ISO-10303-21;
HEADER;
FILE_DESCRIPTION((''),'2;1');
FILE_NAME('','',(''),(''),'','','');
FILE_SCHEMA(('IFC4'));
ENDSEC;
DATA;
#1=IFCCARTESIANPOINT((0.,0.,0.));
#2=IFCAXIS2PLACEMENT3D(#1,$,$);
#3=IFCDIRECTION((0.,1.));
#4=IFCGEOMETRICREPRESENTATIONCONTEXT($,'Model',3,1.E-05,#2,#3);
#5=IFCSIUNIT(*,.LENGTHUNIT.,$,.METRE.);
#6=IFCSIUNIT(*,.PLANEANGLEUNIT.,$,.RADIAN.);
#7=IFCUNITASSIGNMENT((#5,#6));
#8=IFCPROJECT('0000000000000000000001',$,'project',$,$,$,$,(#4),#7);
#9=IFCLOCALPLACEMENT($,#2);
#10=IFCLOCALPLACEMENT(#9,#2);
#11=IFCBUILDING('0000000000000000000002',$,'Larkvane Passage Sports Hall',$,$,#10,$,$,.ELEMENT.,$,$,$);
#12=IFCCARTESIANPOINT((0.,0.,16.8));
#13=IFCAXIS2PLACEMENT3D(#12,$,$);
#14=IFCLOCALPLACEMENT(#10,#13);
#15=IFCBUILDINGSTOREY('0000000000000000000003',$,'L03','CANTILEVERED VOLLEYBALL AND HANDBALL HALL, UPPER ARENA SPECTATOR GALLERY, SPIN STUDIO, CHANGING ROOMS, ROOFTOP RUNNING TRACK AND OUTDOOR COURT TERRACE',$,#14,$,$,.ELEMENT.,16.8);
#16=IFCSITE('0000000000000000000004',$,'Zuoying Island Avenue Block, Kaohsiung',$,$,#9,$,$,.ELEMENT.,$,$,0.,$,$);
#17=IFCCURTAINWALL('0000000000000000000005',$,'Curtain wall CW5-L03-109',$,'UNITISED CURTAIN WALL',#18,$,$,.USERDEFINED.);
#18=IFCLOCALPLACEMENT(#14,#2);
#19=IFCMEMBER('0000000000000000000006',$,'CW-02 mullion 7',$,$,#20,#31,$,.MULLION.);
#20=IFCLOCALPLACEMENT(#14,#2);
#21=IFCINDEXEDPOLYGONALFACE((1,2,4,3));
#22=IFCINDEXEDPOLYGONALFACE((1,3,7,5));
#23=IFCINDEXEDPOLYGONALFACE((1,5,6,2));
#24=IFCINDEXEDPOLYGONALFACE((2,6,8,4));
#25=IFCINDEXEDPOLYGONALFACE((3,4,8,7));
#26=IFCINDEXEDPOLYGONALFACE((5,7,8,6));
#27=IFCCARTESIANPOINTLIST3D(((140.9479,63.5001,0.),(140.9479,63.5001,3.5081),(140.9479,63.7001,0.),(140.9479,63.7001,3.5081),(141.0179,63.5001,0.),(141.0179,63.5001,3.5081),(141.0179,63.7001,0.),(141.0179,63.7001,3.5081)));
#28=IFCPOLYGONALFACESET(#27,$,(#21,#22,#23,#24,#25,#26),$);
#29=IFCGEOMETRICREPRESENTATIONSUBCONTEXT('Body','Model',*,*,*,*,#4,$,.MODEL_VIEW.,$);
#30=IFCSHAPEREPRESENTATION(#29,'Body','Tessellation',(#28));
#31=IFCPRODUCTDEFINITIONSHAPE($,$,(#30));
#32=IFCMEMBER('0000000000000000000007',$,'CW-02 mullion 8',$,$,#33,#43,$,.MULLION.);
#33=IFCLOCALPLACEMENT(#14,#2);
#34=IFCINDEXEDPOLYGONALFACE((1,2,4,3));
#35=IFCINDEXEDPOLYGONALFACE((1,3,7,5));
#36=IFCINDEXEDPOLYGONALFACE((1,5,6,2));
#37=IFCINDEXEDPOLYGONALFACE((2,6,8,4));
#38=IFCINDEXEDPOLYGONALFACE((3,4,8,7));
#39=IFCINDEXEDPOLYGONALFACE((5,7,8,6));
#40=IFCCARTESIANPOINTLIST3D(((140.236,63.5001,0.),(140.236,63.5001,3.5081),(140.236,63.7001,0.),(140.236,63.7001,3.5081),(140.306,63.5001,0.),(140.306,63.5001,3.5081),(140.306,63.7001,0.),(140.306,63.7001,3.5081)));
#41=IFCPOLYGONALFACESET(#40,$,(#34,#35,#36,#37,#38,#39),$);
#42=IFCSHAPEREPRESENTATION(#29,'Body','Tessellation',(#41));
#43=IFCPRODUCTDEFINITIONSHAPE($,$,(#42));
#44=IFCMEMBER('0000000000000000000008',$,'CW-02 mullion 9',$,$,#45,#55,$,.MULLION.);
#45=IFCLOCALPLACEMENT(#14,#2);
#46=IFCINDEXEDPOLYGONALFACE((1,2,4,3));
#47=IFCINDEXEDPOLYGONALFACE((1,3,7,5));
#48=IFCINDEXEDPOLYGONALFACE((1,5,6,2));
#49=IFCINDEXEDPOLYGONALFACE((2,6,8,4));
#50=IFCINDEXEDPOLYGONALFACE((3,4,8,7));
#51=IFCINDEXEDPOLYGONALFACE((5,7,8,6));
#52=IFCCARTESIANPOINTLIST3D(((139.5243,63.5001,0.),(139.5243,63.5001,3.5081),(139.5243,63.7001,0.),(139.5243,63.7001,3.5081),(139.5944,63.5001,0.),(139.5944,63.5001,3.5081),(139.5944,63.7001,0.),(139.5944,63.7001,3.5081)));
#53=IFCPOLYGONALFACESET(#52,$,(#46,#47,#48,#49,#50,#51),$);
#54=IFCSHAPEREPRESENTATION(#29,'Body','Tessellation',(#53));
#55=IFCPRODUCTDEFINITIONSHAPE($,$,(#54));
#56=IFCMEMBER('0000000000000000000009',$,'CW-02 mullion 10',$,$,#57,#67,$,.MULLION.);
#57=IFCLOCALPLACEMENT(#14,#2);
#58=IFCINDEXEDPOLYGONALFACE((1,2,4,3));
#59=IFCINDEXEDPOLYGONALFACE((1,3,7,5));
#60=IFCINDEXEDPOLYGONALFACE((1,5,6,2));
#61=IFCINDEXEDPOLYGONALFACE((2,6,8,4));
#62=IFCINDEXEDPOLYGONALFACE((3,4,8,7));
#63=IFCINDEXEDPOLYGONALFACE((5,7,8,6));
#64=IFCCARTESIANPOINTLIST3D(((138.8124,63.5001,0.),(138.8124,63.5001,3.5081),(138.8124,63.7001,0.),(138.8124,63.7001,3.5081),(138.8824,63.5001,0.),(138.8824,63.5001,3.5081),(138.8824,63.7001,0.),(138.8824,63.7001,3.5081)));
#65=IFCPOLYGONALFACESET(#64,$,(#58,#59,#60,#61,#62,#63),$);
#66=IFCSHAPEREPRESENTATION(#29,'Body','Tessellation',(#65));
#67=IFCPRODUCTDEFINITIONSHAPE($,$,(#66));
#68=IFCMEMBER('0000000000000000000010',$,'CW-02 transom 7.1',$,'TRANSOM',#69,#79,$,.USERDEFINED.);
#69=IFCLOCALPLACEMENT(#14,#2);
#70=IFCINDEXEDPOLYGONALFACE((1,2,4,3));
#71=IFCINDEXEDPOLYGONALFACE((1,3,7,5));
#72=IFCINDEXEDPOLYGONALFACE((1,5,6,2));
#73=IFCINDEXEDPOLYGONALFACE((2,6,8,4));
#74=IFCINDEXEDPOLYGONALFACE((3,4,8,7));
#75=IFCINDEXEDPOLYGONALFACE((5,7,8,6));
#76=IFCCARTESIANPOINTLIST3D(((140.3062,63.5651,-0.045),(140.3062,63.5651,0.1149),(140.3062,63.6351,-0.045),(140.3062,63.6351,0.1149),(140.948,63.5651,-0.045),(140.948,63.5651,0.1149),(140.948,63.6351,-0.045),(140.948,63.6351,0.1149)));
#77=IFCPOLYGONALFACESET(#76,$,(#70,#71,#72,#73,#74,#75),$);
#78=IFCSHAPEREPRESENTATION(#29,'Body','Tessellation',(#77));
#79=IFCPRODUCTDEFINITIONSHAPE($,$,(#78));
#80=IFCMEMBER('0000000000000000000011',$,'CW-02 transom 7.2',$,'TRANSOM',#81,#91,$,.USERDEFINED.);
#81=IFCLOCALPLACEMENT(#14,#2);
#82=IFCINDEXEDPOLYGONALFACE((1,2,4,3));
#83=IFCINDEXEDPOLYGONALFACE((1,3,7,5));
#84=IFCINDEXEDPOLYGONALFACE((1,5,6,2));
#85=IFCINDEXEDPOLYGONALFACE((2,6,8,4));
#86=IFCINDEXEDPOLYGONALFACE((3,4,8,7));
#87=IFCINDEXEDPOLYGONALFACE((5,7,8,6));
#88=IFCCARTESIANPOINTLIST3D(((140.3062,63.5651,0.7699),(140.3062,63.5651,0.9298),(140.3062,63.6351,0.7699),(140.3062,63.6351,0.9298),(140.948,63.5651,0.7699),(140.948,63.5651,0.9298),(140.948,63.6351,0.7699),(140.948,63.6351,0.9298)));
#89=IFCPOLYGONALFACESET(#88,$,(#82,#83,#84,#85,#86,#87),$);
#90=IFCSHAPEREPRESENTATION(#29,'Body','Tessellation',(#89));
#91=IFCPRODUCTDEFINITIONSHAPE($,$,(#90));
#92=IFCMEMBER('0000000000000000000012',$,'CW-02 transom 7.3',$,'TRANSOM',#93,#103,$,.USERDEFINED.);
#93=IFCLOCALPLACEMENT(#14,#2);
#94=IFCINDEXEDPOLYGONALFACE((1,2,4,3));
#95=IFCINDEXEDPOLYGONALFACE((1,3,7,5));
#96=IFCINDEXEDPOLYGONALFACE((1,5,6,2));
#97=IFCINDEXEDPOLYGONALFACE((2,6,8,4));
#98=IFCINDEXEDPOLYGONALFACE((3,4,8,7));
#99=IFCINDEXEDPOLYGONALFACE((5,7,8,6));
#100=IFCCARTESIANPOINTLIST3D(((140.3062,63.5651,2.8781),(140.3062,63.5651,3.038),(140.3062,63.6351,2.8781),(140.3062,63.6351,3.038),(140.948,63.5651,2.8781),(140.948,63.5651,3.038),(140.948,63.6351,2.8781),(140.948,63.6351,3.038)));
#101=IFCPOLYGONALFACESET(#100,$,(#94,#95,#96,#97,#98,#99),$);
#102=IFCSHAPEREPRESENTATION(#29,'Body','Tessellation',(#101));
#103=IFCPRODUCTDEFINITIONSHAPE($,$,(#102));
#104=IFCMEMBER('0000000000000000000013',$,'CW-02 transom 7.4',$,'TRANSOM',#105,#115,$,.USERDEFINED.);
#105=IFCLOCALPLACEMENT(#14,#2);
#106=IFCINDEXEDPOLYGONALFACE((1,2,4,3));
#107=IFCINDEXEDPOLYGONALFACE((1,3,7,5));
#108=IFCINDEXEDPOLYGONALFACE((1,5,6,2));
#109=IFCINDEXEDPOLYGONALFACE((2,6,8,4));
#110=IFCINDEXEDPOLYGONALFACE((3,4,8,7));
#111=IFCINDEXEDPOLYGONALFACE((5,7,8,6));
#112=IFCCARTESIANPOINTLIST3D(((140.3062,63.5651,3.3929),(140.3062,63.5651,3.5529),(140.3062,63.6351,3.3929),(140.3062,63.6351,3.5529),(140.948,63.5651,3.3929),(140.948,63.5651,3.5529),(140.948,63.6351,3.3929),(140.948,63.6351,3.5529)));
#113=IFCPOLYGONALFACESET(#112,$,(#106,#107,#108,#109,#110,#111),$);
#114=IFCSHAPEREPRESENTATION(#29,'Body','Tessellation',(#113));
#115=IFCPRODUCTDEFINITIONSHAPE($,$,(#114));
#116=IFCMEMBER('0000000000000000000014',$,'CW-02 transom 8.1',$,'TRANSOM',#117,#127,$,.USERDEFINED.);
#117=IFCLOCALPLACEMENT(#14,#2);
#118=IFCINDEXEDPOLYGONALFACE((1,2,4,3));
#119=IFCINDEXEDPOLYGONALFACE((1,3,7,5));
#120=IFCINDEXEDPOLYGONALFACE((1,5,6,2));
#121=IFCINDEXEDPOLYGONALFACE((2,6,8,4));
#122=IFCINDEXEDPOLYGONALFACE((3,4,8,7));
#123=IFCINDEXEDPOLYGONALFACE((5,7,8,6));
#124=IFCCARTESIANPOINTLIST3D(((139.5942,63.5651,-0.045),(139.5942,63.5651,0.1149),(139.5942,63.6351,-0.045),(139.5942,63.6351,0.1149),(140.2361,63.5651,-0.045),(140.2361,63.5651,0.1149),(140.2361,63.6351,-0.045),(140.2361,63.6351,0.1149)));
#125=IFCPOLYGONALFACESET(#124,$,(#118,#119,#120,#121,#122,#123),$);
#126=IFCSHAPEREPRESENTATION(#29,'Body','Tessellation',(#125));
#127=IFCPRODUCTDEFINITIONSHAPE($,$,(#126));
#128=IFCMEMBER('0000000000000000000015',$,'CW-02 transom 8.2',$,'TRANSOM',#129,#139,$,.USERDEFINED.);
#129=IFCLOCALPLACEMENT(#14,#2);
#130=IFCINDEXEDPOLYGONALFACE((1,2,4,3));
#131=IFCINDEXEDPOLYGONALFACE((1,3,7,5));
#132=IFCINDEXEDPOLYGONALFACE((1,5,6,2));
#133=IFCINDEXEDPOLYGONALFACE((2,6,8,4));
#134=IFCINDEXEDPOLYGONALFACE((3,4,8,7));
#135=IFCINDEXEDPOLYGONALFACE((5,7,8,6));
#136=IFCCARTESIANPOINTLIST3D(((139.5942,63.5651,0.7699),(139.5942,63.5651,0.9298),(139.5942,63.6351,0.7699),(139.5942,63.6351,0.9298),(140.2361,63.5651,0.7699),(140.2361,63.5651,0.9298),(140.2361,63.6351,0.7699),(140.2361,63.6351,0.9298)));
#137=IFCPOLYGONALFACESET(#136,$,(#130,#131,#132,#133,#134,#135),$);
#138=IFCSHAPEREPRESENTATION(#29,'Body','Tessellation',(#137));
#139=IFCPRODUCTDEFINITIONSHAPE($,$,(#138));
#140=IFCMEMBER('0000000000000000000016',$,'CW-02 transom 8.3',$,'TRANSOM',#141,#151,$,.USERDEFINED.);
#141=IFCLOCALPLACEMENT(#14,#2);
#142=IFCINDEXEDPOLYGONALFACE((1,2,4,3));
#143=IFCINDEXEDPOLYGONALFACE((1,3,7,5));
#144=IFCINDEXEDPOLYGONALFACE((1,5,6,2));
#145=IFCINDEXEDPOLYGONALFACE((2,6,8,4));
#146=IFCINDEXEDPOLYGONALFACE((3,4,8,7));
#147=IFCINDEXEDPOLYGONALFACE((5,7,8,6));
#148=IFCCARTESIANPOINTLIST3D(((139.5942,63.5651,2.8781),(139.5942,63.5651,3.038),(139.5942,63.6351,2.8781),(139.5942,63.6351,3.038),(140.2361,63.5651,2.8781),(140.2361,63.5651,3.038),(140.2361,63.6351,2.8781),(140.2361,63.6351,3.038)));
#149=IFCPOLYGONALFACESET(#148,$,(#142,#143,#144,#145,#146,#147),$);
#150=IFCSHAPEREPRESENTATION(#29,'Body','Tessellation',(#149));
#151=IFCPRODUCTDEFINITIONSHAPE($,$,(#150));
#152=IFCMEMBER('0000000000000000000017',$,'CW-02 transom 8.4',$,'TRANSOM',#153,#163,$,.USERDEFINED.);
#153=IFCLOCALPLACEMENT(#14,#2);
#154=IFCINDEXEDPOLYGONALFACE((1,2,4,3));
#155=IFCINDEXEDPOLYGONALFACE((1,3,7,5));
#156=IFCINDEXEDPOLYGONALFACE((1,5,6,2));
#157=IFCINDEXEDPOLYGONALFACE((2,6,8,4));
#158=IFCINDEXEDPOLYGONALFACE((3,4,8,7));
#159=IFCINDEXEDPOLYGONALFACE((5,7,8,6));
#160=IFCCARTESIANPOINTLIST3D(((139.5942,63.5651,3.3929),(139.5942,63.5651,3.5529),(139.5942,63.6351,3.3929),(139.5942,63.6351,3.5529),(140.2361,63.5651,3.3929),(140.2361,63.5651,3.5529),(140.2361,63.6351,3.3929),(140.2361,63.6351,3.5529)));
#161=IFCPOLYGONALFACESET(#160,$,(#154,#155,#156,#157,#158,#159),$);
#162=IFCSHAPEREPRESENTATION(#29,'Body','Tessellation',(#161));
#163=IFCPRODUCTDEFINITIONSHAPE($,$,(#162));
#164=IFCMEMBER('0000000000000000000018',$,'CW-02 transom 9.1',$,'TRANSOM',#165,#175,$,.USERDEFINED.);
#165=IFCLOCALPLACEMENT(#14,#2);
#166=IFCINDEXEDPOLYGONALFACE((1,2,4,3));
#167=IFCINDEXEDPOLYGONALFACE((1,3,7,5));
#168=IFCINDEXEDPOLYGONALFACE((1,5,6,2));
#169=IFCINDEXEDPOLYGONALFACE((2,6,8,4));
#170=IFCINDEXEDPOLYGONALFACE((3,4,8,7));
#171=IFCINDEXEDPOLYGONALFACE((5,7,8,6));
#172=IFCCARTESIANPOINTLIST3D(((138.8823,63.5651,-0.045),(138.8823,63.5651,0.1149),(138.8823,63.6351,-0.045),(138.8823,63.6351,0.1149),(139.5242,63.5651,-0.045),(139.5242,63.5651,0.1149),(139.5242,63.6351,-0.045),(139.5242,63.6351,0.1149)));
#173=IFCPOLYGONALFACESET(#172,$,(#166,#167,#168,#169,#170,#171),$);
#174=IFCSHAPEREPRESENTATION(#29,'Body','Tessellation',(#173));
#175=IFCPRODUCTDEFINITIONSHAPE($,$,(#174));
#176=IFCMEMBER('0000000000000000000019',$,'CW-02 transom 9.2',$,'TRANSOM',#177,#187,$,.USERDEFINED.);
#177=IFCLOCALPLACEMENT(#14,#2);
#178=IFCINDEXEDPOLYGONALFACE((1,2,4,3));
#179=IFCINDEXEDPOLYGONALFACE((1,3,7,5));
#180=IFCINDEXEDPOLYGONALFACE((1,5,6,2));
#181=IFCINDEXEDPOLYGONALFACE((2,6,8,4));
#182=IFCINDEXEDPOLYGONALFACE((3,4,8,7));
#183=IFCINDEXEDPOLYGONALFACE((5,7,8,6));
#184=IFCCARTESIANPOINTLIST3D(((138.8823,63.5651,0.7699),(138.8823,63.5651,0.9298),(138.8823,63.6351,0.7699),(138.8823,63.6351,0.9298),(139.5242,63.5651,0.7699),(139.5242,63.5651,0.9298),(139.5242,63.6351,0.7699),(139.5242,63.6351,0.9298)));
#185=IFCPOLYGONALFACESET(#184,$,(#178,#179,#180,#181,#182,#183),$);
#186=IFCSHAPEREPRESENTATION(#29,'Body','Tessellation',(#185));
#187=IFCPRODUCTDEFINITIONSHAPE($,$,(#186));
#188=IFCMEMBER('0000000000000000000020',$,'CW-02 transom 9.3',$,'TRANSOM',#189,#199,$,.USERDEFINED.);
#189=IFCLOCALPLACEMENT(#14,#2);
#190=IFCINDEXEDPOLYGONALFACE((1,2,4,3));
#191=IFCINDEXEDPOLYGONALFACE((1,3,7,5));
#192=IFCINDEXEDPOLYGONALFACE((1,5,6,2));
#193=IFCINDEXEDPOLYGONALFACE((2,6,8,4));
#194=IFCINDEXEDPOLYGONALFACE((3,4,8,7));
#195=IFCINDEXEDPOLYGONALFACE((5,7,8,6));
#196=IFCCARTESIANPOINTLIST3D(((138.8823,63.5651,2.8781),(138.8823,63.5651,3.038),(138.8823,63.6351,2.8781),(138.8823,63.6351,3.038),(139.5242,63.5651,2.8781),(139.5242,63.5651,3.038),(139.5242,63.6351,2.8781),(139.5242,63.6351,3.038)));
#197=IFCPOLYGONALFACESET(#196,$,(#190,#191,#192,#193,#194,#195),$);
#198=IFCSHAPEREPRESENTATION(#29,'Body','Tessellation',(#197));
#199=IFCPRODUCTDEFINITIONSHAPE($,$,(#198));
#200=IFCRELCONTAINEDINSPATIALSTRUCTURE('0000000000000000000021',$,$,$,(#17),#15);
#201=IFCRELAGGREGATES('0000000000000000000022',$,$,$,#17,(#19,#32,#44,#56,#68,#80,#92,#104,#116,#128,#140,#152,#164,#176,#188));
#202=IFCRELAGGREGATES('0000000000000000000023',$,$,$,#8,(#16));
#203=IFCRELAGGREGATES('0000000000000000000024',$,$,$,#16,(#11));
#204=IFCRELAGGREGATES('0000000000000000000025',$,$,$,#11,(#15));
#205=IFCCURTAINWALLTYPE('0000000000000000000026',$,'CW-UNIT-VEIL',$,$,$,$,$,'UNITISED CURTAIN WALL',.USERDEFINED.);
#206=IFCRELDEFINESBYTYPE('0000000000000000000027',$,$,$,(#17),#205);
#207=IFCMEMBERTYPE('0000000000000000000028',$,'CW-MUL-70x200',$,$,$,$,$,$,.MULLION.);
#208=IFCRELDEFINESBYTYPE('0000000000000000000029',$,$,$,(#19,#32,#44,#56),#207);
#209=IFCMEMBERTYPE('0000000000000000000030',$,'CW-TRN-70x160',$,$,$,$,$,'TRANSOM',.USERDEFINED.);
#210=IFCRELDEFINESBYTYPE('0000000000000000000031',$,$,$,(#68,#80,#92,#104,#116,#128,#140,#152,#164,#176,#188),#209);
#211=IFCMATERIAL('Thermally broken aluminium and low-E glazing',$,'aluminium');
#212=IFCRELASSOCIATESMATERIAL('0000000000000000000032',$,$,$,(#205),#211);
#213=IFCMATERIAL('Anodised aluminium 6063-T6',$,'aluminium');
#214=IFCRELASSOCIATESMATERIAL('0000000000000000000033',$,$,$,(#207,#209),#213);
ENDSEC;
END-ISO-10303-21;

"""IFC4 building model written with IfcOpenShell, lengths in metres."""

from ifc_helpers import new_model, si_unit, direction, frame, origin, origin_2d, place, context, subcontext, project, spatial, rectangle, extrude, material, material_profile, profile_set, type_object, element, aggregate, save


model = new_model("IFC4")

# Units and contexts
model_context = context("Model", 3, precision=1e-05, world=origin(), true_north=direction((0.0, 1.0)))
body_context = subcontext(model_context, "Body", "Model", "MODEL_VIEW")
ifc_project = project(units=[si_unit("LENGTHUNIT", "METRE"), si_unit("PLANEANGLEUNIT", "RADIAN")], contexts=[model_context])

# Site, building, storey
site_placement = place(None, origin())
site = spatial("IfcSite", under=ifc_project, at=site_placement, Name="Zuoying Island Avenue Block, Kaohsiung", CompositionType="ELEMENT", RefElevation=0.0)
building_placement = place(site_placement, origin())
building = spatial("IfcBuilding", under=site, at=building_placement, Name="Larkvane Passage Sports Hall", CompositionType="ELEMENT")
storey_placement = place(building_placement, frame((0.0, 0.0, 16.8)))
storey = spatial("IfcBuildingStorey", under=building, at=storey_placement, Name="L03", Description="CANTILEVERED VOLLEYBALL AND HANDBALL HALL, UPPER ARENA SPECTATOR GALLERY, SPIN STUDIO, CHANGING ROOMS, ROOFTOP RUNNING TRACK AND OUTDOOR COURT TERRACE", CompositionType="ELEMENT", Elevation=16.8)

# Curtain wall, members
ifc_material_1 = material(Name="Thermally broken aluminium and low-E glazing", Category="aluminium")
curtain_wall_type = type_object("IfcCurtainWallType", Name="CW-UNIT-VEIL", ElementType="UNITISED CURTAIN WALL", PredefinedType="USERDEFINED", material=ifc_material_1)
curtain_wall_placement = place(storey_placement, origin())
curtain_wall = element("IfcCurtainWall", 1, at=curtain_wall_placement, inside=storey, type_object=curtain_wall_type, Name="Curtain wall CW5-L03-109", ObjectType="UNITISED CURTAIN WALL", PredefinedType="USERDEFINED")
ifc_material_2 = material(Name="Anodised aluminium 6063-T6", Category="aluminium")
ifc_material_profile_1 = material_profile(ifc_material_2, rectangle(XDim=0.0701, YDim=0.2, at=origin_2d()), Name="ALU-MUL-70x200")
ifc_profile_set_1 = profile_set([ifc_material_profile_1], Name="Anodised aluminium 6063-T6")
member_type_1 = type_object("IfcMemberType", Name="CW-MUL-70x200", PredefinedType="MULLION", material=ifc_profile_set_1)
member_1_placement = place(storey_placement, frame((140.9829, 63.6001, 0.0), z_axis=(0.0, 0.0, 1.0), x_axis=(-1.0, 0.0, 0.0)))
member_1 = element("IfcMember", 2, at=member_1_placement, type_object=member_type_1, Name="CW-02 mullion 7", PredefinedType="MULLION", context=body_context, shape_type="SweptSolid", body=[
    extrude(rectangle(XDim=0.0701, YDim=0.2, at=origin_2d()), origin(), (0.0, 0.0, 1.0), 3.5081),
])
member_2_placement = place(storey_placement, frame((140.271, 63.6001, 0.0), z_axis=(0.0, 0.0, 1.0), x_axis=(-1.0, 0.0, 0.0)))
member_2 = element("IfcMember", 3, at=member_2_placement, type_object=member_type_1, Name="CW-02 mullion 8", PredefinedType="MULLION", context=body_context, shape_type="SweptSolid", body=[
    extrude(rectangle(XDim=0.0701, YDim=0.2, at=origin_2d()), origin(), (0.0, 0.0, 1.0), 3.5081),
])
member_3_placement = place(storey_placement, frame((139.5593, 63.6001, 0.0), z_axis=(0.0, 0.0, 1.0), x_axis=(-1.0, 0.0, 0.0)))
member_3 = element("IfcMember", 4, at=member_3_placement, type_object=member_type_1, Name="CW-02 mullion 9", PredefinedType="MULLION", context=body_context, shape_type="SweptSolid", body=[
    extrude(rectangle(XDim=0.0701, YDim=0.2, at=origin_2d()), origin(), (0.0, 0.0, 1.0), 3.5081),
])
member_4_placement = place(storey_placement, frame((138.8474, 63.6001, 0.0), z_axis=(0.0, 0.0, 1.0), x_axis=(-1.0, 0.0, 0.0)))
member_4 = element("IfcMember", 5, at=member_4_placement, type_object=member_type_1, Name="CW-02 mullion 10", PredefinedType="MULLION", context=body_context, shape_type="SweptSolid", body=[
    extrude(rectangle(XDim=0.0701, YDim=0.2, at=origin_2d()), origin(), (0.0, 0.0, 1.0), 3.5081),
])
ifc_material_profile_2 = material_profile(ifc_material_2, rectangle(XDim=0.0701, YDim=0.1599, at=origin_2d()), Name="ALU-TRN-70x160")
ifc_profile_set_2 = profile_set([ifc_material_profile_2], Name="Anodised aluminium 6063-T6")
member_type_2 = type_object("IfcMemberType", Name="CW-TRN-70x160", ElementType="TRANSOM", PredefinedType="USERDEFINED", material=ifc_profile_set_2)
member_5_placement = place(storey_placement, frame((140.948, 63.6001, 0.0349), z_axis=(-1.0, 0.0, 0.0), x_axis=(0.0, -1.0, 0.0)))
member_5 = element("IfcMember", 6, at=member_5_placement, type_object=member_type_2, Name="CW-02 transom 7.1", ObjectType="TRANSOM", PredefinedType="USERDEFINED", context=body_context, shape_type="SweptSolid", body=[
    extrude(rectangle(XDim=0.0701, YDim=0.1599, at=origin_2d()), origin(), (0.0, 0.0, 1.0), 0.6418),
])
member_6_placement = place(storey_placement, frame((140.948, 63.6001, 0.8499), z_axis=(-1.0, 0.0, 0.0), x_axis=(0.0, -1.0, 0.0)))
member_6 = element("IfcMember", 7, at=member_6_placement, type_object=member_type_2, Name="CW-02 transom 7.2", ObjectType="TRANSOM", PredefinedType="USERDEFINED", context=body_context, shape_type="SweptSolid", body=[
    extrude(rectangle(XDim=0.0701, YDim=0.1599, at=origin_2d()), origin(), (0.0, 0.0, 1.0), 0.6418),
])
member_7_placement = place(storey_placement, frame((140.948, 63.6001, 2.958), z_axis=(-1.0, 0.0, 0.0), x_axis=(0.0, -1.0, 0.0)))
member_7 = element("IfcMember", 8, at=member_7_placement, type_object=member_type_2, Name="CW-02 transom 7.3", ObjectType="TRANSOM", PredefinedType="USERDEFINED", context=body_context, shape_type="SweptSolid", body=[
    extrude(rectangle(XDim=0.0701, YDim=0.1599, at=origin_2d()), origin(), (0.0, 0.0, 1.0), 0.6418),
])
member_8_placement = place(storey_placement, frame((140.948, 63.6001, 3.4729), z_axis=(-1.0, 0.0, 0.0), x_axis=(0.0, -1.0, 0.0)))
member_8 = element("IfcMember", 9, at=member_8_placement, type_object=member_type_2, Name="CW-02 transom 7.4", ObjectType="TRANSOM", PredefinedType="USERDEFINED", context=body_context, shape_type="SweptSolid", body=[
    extrude(rectangle(XDim=0.0701, YDim=0.1599, at=origin_2d()), origin(), (0.0, 0.0, 1.0), 0.6418),
])
member_9_placement = place(storey_placement, frame((140.2361, 63.6001, 0.0349), z_axis=(-1.0, 0.0, 0.0), x_axis=(0.0, -1.0, 0.0)))
member_9 = element("IfcMember", 10, at=member_9_placement, type_object=member_type_2, Name="CW-02 transom 8.1", ObjectType="TRANSOM", PredefinedType="USERDEFINED", context=body_context, shape_type="SweptSolid", body=[
    extrude(rectangle(XDim=0.0701, YDim=0.1599, at=origin_2d()), origin(), (0.0, 0.0, 1.0), 0.6418),
])
member_10_placement = place(storey_placement, frame((140.2361, 63.6001, 0.8499), z_axis=(-1.0, 0.0, 0.0), x_axis=(0.0, -1.0, 0.0)))
member_10 = element("IfcMember", 11, at=member_10_placement, type_object=member_type_2, Name="CW-02 transom 8.2", ObjectType="TRANSOM", PredefinedType="USERDEFINED", context=body_context, shape_type="SweptSolid", body=[
    extrude(rectangle(XDim=0.0701, YDim=0.1599, at=origin_2d()), origin(), (0.0, 0.0, 1.0), 0.6418),
])
member_11_placement = place(storey_placement, frame((140.2361, 63.6001, 2.958), z_axis=(-1.0, 0.0, 0.0), x_axis=(0.0, -1.0, 0.0)))
member_11 = element("IfcMember", 12, at=member_11_placement, type_object=member_type_2, Name="CW-02 transom 8.3", ObjectType="TRANSOM", PredefinedType="USERDEFINED", context=body_context, shape_type="SweptSolid", body=[
    extrude(rectangle(XDim=0.0701, YDim=0.1599, at=origin_2d()), origin(), (0.0, 0.0, 1.0), 0.6418),
])
member_12_placement = place(storey_placement, frame((140.2361, 63.6001, 3.4729), z_axis=(-1.0, 0.0, 0.0), x_axis=(0.0, -1.0, 0.0)))
member_12 = element("IfcMember", 13, at=member_12_placement, type_object=member_type_2, Name="CW-02 transom 8.4", ObjectType="TRANSOM", PredefinedType="USERDEFINED", context=body_context, shape_type="SweptSolid", body=[
    extrude(rectangle(XDim=0.0701, YDim=0.1599, at=origin_2d()), origin(), (0.0, 0.0, 1.0), 0.6418),
])
member_13_placement = place(storey_placement, frame((139.5242, 63.6001, 0.0349), z_axis=(-1.0, 0.0, 0.0), x_axis=(0.0, -1.0, 0.0)))
member_13 = element("IfcMember", 14, at=member_13_placement, type_object=member_type_2, Name="CW-02 transom 9.1", ObjectType="TRANSOM", PredefinedType="USERDEFINED", context=body_context, shape_type="SweptSolid", body=[
    extrude(rectangle(XDim=0.0701, YDim=0.1599, at=origin_2d()), origin(), (0.0, 0.0, 1.0), 0.6418),
])
member_14_placement = place(storey_placement, frame((139.5242, 63.6001, 0.8499), z_axis=(-1.0, 0.0, 0.0), x_axis=(0.0, -1.0, 0.0)))
member_14 = element("IfcMember", 15, at=member_14_placement, type_object=member_type_2, Name="CW-02 transom 9.2", ObjectType="TRANSOM", PredefinedType="USERDEFINED", context=body_context, shape_type="SweptSolid", body=[
    extrude(rectangle(XDim=0.0701, YDim=0.1599, at=origin_2d()), origin(), (0.0, 0.0, 1.0), 0.6418),
])
member_15_placement = place(storey_placement, frame((139.5242, 63.6001, 2.958), z_axis=(-1.0, 0.0, 0.0), x_axis=(0.0, -1.0, 0.0)))
member_15 = element("IfcMember", 16, at=member_15_placement, type_object=member_type_2, Name="CW-02 transom 9.3", ObjectType="TRANSOM", PredefinedType="USERDEFINED", context=body_context, shape_type="SweptSolid", body=[
    extrude(rectangle(XDim=0.0701, YDim=0.1599, at=origin_2d()), origin(), (0.0, 0.0, 1.0), 0.6418),
])
aggregate(curtain_wall, [member_1, member_2, member_3, member_4, member_5, member_6, member_7, member_8, member_9, member_10, member_11, member_12, member_13, member_14, member_15])

save(model, "model.ifc")
